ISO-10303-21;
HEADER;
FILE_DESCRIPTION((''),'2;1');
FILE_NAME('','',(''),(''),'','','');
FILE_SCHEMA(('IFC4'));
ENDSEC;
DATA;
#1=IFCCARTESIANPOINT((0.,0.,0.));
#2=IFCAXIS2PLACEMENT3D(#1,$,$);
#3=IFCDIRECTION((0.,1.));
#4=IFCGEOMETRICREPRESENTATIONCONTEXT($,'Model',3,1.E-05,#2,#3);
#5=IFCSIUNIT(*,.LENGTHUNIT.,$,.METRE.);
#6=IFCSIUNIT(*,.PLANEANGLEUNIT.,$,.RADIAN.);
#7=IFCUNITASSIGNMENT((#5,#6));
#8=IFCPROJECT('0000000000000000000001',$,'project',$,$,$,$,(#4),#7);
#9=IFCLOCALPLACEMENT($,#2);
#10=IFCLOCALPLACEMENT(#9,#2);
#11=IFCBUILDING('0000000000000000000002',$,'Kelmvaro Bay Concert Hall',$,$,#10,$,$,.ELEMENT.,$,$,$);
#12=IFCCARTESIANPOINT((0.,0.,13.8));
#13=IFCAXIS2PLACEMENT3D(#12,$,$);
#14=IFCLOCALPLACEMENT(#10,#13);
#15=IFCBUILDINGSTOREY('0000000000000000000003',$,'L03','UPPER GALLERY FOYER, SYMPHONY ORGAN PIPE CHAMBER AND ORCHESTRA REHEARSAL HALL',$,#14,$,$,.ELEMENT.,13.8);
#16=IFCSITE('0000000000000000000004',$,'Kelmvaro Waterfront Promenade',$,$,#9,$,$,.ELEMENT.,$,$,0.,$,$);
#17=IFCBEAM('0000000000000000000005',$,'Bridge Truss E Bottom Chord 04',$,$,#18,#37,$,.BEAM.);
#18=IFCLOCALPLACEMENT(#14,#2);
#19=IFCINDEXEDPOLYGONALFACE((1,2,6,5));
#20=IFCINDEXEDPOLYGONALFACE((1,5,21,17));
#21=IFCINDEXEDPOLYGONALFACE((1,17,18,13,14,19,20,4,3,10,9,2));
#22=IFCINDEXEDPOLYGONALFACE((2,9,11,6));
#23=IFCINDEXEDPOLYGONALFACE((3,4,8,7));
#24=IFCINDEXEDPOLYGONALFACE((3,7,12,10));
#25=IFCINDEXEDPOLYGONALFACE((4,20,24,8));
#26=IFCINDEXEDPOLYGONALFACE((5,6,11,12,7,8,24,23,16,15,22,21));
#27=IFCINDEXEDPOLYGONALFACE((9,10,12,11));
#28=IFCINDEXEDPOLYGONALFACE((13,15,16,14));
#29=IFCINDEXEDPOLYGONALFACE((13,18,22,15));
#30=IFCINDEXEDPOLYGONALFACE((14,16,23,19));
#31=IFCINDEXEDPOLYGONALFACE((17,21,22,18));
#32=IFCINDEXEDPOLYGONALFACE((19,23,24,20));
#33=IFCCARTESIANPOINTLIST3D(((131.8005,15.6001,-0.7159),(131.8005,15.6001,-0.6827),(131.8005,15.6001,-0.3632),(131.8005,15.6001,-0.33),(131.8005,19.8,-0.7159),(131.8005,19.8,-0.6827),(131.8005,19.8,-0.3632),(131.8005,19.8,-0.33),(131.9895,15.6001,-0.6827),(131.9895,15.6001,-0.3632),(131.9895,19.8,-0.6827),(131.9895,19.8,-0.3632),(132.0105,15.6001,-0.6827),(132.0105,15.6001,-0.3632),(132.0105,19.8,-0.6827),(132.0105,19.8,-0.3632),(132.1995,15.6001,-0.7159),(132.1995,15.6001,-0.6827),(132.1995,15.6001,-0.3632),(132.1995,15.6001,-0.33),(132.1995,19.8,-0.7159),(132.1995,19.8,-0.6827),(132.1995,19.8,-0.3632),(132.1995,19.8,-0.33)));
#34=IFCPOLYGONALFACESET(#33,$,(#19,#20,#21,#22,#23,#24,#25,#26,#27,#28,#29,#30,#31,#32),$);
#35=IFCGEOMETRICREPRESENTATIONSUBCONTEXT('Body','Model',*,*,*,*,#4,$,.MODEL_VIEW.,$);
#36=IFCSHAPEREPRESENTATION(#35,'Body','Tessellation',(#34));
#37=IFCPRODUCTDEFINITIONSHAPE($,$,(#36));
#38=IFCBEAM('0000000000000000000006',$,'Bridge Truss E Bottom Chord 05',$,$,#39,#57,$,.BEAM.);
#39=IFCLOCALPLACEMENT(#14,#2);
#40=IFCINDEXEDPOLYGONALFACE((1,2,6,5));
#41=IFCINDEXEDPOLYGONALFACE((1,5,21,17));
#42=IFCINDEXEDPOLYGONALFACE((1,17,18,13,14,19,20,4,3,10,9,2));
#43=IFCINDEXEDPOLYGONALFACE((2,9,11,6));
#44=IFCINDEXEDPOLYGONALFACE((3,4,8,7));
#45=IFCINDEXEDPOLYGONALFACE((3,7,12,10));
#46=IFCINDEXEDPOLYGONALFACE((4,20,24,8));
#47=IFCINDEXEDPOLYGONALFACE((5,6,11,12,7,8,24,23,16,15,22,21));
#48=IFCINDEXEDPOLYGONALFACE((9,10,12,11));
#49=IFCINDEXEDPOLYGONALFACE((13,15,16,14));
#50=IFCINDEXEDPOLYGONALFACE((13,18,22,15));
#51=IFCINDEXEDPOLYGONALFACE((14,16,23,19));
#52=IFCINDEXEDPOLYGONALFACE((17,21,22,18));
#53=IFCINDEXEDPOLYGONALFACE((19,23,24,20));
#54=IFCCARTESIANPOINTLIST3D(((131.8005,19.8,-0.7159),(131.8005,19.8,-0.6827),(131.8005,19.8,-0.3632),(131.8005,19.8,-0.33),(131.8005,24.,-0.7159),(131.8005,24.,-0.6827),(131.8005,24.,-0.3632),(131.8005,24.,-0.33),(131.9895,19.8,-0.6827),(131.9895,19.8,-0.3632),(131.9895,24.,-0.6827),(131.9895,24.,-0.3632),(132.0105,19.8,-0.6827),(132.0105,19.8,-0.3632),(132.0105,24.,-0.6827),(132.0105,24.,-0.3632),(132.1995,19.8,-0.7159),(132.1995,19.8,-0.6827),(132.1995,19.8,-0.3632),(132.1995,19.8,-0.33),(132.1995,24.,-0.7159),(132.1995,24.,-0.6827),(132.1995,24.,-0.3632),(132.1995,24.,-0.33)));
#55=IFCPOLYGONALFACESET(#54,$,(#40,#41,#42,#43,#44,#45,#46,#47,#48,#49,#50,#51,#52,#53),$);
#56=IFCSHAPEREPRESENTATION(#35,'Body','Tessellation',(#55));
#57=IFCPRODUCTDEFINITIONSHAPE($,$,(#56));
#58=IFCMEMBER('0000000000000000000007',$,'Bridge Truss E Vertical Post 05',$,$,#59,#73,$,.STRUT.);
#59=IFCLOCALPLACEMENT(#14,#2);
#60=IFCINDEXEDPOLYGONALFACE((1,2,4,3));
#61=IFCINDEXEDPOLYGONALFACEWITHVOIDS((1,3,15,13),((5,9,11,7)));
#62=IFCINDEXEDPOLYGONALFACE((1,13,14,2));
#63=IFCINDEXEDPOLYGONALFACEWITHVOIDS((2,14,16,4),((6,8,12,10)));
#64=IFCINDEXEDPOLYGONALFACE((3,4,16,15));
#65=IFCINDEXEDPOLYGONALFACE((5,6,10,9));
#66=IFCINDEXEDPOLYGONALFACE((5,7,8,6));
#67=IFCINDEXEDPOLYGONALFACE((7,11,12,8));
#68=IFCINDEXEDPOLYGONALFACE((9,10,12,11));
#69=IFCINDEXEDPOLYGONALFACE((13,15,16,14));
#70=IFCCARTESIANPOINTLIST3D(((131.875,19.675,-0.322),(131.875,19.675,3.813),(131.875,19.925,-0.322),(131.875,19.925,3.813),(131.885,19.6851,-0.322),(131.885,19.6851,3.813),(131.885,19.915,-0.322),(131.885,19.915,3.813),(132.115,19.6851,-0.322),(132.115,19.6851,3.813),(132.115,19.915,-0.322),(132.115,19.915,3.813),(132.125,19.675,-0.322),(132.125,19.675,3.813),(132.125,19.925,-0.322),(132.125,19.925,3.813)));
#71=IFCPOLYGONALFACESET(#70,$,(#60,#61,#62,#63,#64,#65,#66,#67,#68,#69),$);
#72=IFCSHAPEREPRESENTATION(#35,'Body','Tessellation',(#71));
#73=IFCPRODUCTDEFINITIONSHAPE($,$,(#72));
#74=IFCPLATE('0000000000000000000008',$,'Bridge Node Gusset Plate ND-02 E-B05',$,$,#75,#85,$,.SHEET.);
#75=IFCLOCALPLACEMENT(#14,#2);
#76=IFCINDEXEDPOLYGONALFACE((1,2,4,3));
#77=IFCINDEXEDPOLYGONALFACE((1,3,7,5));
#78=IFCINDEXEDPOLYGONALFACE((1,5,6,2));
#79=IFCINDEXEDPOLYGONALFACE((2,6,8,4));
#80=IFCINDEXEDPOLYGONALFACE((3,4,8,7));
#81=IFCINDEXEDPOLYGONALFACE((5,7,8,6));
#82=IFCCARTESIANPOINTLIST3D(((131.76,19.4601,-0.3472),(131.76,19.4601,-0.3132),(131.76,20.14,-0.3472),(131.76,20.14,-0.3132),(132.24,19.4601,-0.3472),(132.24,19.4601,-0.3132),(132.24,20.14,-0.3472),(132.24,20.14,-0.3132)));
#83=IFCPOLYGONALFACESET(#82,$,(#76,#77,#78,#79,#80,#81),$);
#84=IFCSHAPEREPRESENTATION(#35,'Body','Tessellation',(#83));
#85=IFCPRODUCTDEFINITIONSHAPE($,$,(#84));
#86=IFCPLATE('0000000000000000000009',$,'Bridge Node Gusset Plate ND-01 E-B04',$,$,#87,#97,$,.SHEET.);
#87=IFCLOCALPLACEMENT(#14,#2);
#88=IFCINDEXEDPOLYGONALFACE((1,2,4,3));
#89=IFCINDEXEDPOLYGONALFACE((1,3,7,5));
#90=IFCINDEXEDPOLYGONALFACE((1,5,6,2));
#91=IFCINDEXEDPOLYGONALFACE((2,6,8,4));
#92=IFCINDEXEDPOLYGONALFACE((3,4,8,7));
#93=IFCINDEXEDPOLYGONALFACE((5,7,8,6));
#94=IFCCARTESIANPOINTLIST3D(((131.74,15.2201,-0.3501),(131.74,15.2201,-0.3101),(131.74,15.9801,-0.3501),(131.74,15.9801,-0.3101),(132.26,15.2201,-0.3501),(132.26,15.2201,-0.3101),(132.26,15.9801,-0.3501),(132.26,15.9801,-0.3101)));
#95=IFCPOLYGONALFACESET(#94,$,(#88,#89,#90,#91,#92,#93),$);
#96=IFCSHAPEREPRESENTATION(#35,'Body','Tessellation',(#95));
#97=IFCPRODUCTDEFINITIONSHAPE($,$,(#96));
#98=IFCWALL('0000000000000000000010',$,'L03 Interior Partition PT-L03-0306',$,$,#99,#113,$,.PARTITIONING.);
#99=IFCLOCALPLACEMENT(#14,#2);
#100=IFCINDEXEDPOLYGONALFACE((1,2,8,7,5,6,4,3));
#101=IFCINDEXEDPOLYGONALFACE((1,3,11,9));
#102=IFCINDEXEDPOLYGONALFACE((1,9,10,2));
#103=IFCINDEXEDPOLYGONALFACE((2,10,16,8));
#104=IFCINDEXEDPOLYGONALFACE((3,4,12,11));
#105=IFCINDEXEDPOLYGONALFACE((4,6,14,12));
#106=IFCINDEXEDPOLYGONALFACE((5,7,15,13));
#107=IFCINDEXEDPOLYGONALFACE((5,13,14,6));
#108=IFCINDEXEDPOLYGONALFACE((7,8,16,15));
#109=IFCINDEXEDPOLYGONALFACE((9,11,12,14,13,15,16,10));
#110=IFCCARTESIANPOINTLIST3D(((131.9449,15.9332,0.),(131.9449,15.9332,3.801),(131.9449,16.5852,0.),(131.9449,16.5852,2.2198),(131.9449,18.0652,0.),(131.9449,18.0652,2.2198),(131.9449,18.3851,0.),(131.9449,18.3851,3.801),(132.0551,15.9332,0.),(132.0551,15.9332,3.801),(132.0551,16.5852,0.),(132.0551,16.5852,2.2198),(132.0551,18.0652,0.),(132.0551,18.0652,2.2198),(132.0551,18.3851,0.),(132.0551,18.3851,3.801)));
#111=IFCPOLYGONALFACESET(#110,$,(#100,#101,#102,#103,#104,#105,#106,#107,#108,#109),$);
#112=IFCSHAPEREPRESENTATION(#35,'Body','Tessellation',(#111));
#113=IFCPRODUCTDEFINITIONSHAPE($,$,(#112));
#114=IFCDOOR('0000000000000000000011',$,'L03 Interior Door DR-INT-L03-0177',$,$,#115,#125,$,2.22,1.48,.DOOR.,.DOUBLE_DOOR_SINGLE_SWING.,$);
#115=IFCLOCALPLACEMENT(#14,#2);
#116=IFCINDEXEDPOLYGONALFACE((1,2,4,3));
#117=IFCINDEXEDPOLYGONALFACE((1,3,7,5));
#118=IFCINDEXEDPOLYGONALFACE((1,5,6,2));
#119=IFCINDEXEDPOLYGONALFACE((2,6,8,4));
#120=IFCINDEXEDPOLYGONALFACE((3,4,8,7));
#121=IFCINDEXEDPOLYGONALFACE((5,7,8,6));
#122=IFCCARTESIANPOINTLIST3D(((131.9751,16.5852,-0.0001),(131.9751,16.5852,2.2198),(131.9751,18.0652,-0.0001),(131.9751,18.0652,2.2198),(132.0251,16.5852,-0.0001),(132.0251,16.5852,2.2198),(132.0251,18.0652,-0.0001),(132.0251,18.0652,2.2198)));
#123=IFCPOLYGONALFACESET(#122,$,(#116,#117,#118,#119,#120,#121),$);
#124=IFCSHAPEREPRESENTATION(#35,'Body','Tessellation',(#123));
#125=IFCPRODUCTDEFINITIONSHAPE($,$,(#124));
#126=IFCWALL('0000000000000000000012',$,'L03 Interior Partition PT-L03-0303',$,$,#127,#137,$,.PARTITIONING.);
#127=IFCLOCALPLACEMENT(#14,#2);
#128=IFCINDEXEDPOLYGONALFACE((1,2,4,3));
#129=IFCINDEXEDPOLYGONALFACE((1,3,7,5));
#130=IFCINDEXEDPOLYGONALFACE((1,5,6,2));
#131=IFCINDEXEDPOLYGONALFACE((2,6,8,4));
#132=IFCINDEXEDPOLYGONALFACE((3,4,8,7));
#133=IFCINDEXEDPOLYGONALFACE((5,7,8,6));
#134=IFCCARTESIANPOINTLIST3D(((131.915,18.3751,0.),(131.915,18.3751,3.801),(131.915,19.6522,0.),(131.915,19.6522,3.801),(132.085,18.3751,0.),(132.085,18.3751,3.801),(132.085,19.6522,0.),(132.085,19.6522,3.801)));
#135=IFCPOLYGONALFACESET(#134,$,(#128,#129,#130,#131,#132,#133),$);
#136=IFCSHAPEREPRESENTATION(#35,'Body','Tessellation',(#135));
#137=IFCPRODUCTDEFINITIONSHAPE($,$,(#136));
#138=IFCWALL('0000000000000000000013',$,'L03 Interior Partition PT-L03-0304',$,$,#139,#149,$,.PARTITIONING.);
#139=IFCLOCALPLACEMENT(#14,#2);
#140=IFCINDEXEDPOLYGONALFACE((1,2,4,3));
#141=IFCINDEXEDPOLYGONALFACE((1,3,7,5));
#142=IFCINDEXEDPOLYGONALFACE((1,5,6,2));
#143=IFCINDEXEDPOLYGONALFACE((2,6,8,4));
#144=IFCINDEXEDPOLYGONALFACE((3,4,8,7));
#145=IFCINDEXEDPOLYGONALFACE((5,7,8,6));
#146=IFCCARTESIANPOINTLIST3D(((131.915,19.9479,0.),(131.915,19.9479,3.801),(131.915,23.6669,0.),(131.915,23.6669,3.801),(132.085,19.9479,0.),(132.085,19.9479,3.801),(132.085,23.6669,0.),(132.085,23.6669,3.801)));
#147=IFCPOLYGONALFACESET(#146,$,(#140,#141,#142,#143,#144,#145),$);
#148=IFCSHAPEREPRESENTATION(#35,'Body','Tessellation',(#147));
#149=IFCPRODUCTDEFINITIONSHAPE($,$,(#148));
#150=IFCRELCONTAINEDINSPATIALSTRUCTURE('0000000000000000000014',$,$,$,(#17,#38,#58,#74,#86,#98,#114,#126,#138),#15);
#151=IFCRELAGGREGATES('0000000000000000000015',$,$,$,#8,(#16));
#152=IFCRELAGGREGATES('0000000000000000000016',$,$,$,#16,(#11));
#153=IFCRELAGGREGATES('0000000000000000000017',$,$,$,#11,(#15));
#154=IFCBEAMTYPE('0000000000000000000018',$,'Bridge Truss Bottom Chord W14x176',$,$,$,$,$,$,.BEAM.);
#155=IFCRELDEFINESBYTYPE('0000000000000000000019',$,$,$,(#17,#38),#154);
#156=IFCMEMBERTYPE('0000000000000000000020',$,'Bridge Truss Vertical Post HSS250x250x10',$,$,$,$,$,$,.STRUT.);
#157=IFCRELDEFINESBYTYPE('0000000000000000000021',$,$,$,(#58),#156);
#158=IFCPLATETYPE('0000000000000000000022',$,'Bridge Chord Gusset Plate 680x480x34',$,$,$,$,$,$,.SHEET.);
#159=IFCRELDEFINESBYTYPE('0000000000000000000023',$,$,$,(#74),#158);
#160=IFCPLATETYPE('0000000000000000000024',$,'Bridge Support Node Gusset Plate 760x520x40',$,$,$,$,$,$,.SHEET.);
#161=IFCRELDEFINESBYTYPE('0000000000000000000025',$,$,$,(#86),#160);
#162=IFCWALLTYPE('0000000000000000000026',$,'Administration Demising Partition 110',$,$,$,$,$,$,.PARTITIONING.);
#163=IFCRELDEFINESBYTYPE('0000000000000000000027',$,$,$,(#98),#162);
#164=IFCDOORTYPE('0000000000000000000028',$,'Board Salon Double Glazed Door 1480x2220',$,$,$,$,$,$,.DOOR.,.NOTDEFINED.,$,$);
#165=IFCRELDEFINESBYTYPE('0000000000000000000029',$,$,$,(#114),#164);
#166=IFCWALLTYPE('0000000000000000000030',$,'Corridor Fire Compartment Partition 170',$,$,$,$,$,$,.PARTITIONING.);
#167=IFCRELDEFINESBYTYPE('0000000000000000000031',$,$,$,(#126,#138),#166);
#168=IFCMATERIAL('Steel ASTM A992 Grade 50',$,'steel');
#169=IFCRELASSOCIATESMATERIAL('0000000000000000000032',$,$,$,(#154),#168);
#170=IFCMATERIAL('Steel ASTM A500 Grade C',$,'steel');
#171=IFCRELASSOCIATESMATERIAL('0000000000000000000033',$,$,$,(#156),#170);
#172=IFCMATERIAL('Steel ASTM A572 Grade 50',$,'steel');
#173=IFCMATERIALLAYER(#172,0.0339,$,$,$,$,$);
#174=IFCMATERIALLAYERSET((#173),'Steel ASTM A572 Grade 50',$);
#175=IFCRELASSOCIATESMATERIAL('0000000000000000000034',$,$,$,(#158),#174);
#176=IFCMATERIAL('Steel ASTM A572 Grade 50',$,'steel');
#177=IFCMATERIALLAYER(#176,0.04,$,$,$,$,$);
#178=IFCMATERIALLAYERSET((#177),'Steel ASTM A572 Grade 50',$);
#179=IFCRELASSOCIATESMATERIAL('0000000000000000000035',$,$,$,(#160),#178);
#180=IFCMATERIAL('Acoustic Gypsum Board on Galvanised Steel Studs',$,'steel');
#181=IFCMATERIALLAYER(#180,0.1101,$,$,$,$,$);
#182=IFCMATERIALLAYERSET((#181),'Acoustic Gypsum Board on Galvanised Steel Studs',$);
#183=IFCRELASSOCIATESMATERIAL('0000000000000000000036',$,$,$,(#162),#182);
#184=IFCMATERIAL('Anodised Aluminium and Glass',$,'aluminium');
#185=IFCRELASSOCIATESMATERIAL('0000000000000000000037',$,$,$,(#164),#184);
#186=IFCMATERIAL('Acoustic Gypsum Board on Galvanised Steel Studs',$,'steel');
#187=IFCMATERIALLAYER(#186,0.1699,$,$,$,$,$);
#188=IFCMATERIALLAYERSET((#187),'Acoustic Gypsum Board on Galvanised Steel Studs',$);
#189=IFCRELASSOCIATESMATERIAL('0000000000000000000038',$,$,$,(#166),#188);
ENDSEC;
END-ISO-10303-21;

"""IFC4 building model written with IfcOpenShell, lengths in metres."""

from ifc_helpers import new_model, si_unit, direction, frame, frame_2d, origin, origin_2d, place, context, subcontext, project, spatial, rectangle, hollow_rectangle, i_section, extrude, material, layer, layer_set, material_profile, profile_set, type_object, element, fill, save


model = new_model("IFC4")

# Units and contexts
model_context = context("Model", 3, precision=1e-05, world=origin(), true_north=direction((0.0, 1.0)))
body_context = subcontext(model_context, "Body", "Model", "MODEL_VIEW")
ifc_project = project(units=[si_unit("LENGTHUNIT", "METRE"), si_unit("PLANEANGLEUNIT", "RADIAN")], contexts=[model_context])

# Site, building, storey
site_placement = place(None, origin())
site = spatial("IfcSite", under=ifc_project, at=site_placement, Name="Kelmvaro Waterfront Promenade", CompositionType="ELEMENT", RefElevation=0.0)
building_placement = place(site_placement, origin())
building = spatial("IfcBuilding", under=site, at=building_placement, Name="Kelmvaro Bay Concert Hall", CompositionType="ELEMENT")
storey_placement = place(building_placement, frame((0.0, 0.0, 13.8)))
storey = spatial("IfcBuildingStorey", under=building, at=storey_placement, Name="L03", Description="UPPER GALLERY FOYER, SYMPHONY ORGAN PIPE CHAMBER AND ORCHESTRA REHEARSAL HALL", CompositionType="ELEMENT", Elevation=13.8)

# Beams
ifc_material_1 = material(Name="Steel ASTM A992 Grade 50", Category="steel")
ifc_material_profile_1 = material_profile(ifc_material_1, i_section(OverallWidth=0.3989, OverallDepth=0.386, WebThickness=0.021, FlangeThickness=0.0332, at=origin_2d()), Name="W14X176")
ifc_profile_set_1 = profile_set([ifc_material_profile_1], Name="Steel ASTM A992 Grade 50")
beam_type_1 = type_object("IfcBeamType", Name="Bridge Truss Bottom Chord W14x176", PredefinedType="BEAM", material=ifc_profile_set_1)
for number, where, z_axis, x_axis, name in (
    (1, (132.0, 15.6001, -0.5229), (0.0, 1.0, 0.0), (-1.0, 0.0, 0.0), "Bridge Truss E Bottom Chord 04"),
    (2, (132.0, 19.8, -0.5229), (0.0, 1.0, 0.0), (-1.0, 0.0, 0.0), "Bridge Truss E Bottom Chord 05"),
):
    element("IfcBeam", number, at=place(storey_placement, frame(where, z_axis=z_axis, x_axis=x_axis)), inside=storey, type_object=beam_type_1, Name=name, PredefinedType="BEAM", context=body_context, shape_type="SweptSolid", body=[
        extrude(i_section(OverallWidth=0.3989, OverallDepth=0.386, WebThickness=0.021, FlangeThickness=0.0332, at=origin_2d()), origin(), (0.0, 0.0, 1.0), 4.2),
    ])

# Member
ifc_material_2 = material(Name="Steel ASTM A500 Grade C", Category="steel")
ifc_material_profile_2 = material_profile(ifc_material_2, hollow_rectangle(XDim=0.25, YDim=0.25, WallThickness=0.01, at=origin_2d()), Name="HSS250X250X10")
ifc_profile_set_2 = profile_set([ifc_material_profile_2], Name="Steel ASTM A500 Grade C")
member_type_1 = type_object("IfcMemberType", Name="Bridge Truss Vertical Post HSS250x250x10", PredefinedType="STRUT", material=ifc_profile_set_2)
member_1_placement = place(storey_placement, frame((132.0, 19.8, -0.322), z_axis=(0.0, 0.0, 1.0), x_axis=(1.0, 0.0, 0.0)))
element("IfcMember", 3, at=member_1_placement, inside=storey, type_object=member_type_1, Name="Bridge Truss E Vertical Post 05", PredefinedType="STRUT", context=body_context, shape_type="SweptSolid", body=[
    extrude(hollow_rectangle(XDim=0.25, YDim=0.25, WallThickness=0.01, at=origin_2d()), origin(), (0.0, 0.0, 1.0), 4.135),
])

# Plates
ifc_material_3 = material(Name="Steel ASTM A572 Grade 50", Category="steel")
ifc_layer_1 = layer(ifc_material_3, 0.0339)
ifc_layer_set_1 = layer_set([ifc_layer_1], Name="Steel ASTM A572 Grade 50")
plate_type_1 = type_object("IfcPlateType", Name="Bridge Chord Gusset Plate 680x480x34", PredefinedType="SHEET", material=ifc_layer_set_1)
plate_1_placement = place(storey_placement, frame((132.0, 19.8, -0.3472), z_axis=(0.0, 0.0, 1.0), x_axis=(0.0, 1.0, 0.0)))
element("IfcPlate", 4, at=plate_1_placement, inside=storey, type_object=plate_type_1, Name="Bridge Node Gusset Plate ND-02 E-B05", PredefinedType="SHEET", context=body_context, shape_type="SweptSolid", body=[
    extrude(rectangle(XDim=0.6799, YDim=0.48, at=origin_2d()), origin(), (0.0, 0.0, 1.0), 0.0339),
])
ifc_material_4 = material(Name="Steel ASTM A572 Grade 50", Category="steel")
ifc_layer_2 = layer(ifc_material_4, 0.04)
ifc_layer_set_2 = layer_set([ifc_layer_2], Name="Steel ASTM A572 Grade 50")
plate_type_2 = type_object("IfcPlateType", Name="Bridge Support Node Gusset Plate 760x520x40", PredefinedType="SHEET", material=ifc_layer_set_2)
plate_2_placement = place(storey_placement, frame((132.0, 15.6001, -0.3501), z_axis=(0.0, 0.0, 1.0), x_axis=(0.0, 1.0, 0.0)))
element("IfcPlate", 5, at=plate_2_placement, inside=storey, type_object=plate_type_2, Name="Bridge Node Gusset Plate ND-01 E-B04", PredefinedType="SHEET", context=body_context, shape_type="SweptSolid", body=[
    extrude(rectangle(XDim=0.76, YDim=0.52, at=origin_2d()), origin(), (0.0, 0.0, 1.0), 0.04),
])

# Wall, opening, door
ifc_material_5 = material(Name="Acoustic Gypsum Board on Galvanised Steel Studs", Category="steel")
ifc_layer_3 = layer(ifc_material_5, 0.1101)
ifc_layer_set_3 = layer_set([ifc_layer_3], Name="Acoustic Gypsum Board on Galvanised Steel Studs")
wall_type_1 = type_object("IfcWallType", Name="Administration Demising Partition 110", PredefinedType="PARTITIONING", material=ifc_layer_set_3)
wall_1_placement = place(storey_placement, frame((132.0, 15.9331, 0.0), z_axis=(0.0, 0.0, 1.0), x_axis=(0.0, 1.0, 0.0)))
wall_1 = element("IfcWall", 6, at=wall_1_placement, inside=storey, type_object=wall_type_1, Name="L03 Interior Partition PT-L03-0306", PredefinedType="PARTITIONING", context=body_context, shape_type="SweptSolid", body=[
    extrude(rectangle(XDim=2.4519, YDim=0.1101, at=frame_2d((1.2261, 0.0))), origin(), (0.0, 0.0, 1.0), 3.801),
])
opening_1_placement = place(wall_1_placement, frame((0.6521, 0.0, 0.0)))
opening_1 = element("IfcOpeningElement", 7, at=opening_1_placement, cuts=wall_1, PredefinedType="OPENING", context=body_context, shape_type="SweptSolid", body=[
    extrude(rectangle(XDim=1.48, YDim=2.22, at=frame_2d((0.74, 1.1099))), frame((0.0, 0.0649, 0.0), z_axis=(0.0, -1.0, 0.0), x_axis=(1.0, 0.0, 0.0)), (0.0, 0.0, 1.0), 0.1301),
])
ifc_material_6 = material(Name="Anodised Aluminium and Glass", Category="aluminium")
door_type_1 = type_object("IfcDoorType", Name="Board Salon Double Glazed Door 1480x2220", OperationType="NOTDEFINED", PredefinedType="DOOR", material=ifc_material_6)
door_1_placement = place(opening_1_placement, origin())
door_1 = element("IfcDoor", 8, at=door_1_placement, inside=storey, type_object=door_type_1, Name="L03 Interior Door DR-INT-L03-0177", OperationType="DOUBLE_DOOR_SINGLE_SWING", OverallHeight=2.22, OverallWidth=1.48, PredefinedType="DOOR", context=body_context, shape_type="SweptSolid", body=[
    extrude(rectangle(XDim=1.48, YDim=2.22, at=frame_2d((0.74, 1.1099))), frame((0.0, 0.0249, 0.0), z_axis=(0.0, -1.0, 0.0), x_axis=(1.0, 0.0, 0.0)), (0.0, 0.0, 1.0), 0.05),
])
fill(opening_1, door_1)

# Walls
ifc_material_7 = material(Name="Acoustic Gypsum Board on Galvanised Steel Studs", Category="steel")
ifc_layer_4 = layer(ifc_material_7, 0.1699)
ifc_layer_set_4 = layer_set([ifc_layer_4], Name="Acoustic Gypsum Board on Galvanised Steel Studs")
wall_type_2 = type_object("IfcWallType", Name="Corridor Fire Compartment Partition 170", PredefinedType="PARTITIONING", material=ifc_layer_set_4)
wall_2_placement = place(storey_placement, frame((132.0, 18.375, 0.0), z_axis=(0.0, 0.0, 1.0), x_axis=(0.0, 1.0, 0.0)))
element("IfcWall", 9, at=wall_2_placement, inside=storey, type_object=wall_type_2, Name="L03 Interior Partition PT-L03-0303", PredefinedType="PARTITIONING", context=body_context, shape_type="SweptSolid", body=[
    extrude(rectangle(XDim=1.2771, YDim=0.1699, at=frame_2d((0.6387, 0.0))), origin(), (0.0, 0.0, 1.0), 3.801),
])
wall_3_placement = place(storey_placement, frame((132.0, 19.948, 0.0), z_axis=(0.0, 0.0, 1.0), x_axis=(0.0, 1.0, 0.0)))
element("IfcWall", 10, at=wall_3_placement, inside=storey, type_object=wall_type_2, Name="L03 Interior Partition PT-L03-0304", PredefinedType="PARTITIONING", context=body_context, shape_type="SweptSolid", body=[
    extrude(rectangle(XDim=3.719, YDim=0.1699, at=frame_2d((1.8594, 0.0))), origin(), (0.0, 0.0, 1.0), 3.801),
])

save(model, "model.ifc")
